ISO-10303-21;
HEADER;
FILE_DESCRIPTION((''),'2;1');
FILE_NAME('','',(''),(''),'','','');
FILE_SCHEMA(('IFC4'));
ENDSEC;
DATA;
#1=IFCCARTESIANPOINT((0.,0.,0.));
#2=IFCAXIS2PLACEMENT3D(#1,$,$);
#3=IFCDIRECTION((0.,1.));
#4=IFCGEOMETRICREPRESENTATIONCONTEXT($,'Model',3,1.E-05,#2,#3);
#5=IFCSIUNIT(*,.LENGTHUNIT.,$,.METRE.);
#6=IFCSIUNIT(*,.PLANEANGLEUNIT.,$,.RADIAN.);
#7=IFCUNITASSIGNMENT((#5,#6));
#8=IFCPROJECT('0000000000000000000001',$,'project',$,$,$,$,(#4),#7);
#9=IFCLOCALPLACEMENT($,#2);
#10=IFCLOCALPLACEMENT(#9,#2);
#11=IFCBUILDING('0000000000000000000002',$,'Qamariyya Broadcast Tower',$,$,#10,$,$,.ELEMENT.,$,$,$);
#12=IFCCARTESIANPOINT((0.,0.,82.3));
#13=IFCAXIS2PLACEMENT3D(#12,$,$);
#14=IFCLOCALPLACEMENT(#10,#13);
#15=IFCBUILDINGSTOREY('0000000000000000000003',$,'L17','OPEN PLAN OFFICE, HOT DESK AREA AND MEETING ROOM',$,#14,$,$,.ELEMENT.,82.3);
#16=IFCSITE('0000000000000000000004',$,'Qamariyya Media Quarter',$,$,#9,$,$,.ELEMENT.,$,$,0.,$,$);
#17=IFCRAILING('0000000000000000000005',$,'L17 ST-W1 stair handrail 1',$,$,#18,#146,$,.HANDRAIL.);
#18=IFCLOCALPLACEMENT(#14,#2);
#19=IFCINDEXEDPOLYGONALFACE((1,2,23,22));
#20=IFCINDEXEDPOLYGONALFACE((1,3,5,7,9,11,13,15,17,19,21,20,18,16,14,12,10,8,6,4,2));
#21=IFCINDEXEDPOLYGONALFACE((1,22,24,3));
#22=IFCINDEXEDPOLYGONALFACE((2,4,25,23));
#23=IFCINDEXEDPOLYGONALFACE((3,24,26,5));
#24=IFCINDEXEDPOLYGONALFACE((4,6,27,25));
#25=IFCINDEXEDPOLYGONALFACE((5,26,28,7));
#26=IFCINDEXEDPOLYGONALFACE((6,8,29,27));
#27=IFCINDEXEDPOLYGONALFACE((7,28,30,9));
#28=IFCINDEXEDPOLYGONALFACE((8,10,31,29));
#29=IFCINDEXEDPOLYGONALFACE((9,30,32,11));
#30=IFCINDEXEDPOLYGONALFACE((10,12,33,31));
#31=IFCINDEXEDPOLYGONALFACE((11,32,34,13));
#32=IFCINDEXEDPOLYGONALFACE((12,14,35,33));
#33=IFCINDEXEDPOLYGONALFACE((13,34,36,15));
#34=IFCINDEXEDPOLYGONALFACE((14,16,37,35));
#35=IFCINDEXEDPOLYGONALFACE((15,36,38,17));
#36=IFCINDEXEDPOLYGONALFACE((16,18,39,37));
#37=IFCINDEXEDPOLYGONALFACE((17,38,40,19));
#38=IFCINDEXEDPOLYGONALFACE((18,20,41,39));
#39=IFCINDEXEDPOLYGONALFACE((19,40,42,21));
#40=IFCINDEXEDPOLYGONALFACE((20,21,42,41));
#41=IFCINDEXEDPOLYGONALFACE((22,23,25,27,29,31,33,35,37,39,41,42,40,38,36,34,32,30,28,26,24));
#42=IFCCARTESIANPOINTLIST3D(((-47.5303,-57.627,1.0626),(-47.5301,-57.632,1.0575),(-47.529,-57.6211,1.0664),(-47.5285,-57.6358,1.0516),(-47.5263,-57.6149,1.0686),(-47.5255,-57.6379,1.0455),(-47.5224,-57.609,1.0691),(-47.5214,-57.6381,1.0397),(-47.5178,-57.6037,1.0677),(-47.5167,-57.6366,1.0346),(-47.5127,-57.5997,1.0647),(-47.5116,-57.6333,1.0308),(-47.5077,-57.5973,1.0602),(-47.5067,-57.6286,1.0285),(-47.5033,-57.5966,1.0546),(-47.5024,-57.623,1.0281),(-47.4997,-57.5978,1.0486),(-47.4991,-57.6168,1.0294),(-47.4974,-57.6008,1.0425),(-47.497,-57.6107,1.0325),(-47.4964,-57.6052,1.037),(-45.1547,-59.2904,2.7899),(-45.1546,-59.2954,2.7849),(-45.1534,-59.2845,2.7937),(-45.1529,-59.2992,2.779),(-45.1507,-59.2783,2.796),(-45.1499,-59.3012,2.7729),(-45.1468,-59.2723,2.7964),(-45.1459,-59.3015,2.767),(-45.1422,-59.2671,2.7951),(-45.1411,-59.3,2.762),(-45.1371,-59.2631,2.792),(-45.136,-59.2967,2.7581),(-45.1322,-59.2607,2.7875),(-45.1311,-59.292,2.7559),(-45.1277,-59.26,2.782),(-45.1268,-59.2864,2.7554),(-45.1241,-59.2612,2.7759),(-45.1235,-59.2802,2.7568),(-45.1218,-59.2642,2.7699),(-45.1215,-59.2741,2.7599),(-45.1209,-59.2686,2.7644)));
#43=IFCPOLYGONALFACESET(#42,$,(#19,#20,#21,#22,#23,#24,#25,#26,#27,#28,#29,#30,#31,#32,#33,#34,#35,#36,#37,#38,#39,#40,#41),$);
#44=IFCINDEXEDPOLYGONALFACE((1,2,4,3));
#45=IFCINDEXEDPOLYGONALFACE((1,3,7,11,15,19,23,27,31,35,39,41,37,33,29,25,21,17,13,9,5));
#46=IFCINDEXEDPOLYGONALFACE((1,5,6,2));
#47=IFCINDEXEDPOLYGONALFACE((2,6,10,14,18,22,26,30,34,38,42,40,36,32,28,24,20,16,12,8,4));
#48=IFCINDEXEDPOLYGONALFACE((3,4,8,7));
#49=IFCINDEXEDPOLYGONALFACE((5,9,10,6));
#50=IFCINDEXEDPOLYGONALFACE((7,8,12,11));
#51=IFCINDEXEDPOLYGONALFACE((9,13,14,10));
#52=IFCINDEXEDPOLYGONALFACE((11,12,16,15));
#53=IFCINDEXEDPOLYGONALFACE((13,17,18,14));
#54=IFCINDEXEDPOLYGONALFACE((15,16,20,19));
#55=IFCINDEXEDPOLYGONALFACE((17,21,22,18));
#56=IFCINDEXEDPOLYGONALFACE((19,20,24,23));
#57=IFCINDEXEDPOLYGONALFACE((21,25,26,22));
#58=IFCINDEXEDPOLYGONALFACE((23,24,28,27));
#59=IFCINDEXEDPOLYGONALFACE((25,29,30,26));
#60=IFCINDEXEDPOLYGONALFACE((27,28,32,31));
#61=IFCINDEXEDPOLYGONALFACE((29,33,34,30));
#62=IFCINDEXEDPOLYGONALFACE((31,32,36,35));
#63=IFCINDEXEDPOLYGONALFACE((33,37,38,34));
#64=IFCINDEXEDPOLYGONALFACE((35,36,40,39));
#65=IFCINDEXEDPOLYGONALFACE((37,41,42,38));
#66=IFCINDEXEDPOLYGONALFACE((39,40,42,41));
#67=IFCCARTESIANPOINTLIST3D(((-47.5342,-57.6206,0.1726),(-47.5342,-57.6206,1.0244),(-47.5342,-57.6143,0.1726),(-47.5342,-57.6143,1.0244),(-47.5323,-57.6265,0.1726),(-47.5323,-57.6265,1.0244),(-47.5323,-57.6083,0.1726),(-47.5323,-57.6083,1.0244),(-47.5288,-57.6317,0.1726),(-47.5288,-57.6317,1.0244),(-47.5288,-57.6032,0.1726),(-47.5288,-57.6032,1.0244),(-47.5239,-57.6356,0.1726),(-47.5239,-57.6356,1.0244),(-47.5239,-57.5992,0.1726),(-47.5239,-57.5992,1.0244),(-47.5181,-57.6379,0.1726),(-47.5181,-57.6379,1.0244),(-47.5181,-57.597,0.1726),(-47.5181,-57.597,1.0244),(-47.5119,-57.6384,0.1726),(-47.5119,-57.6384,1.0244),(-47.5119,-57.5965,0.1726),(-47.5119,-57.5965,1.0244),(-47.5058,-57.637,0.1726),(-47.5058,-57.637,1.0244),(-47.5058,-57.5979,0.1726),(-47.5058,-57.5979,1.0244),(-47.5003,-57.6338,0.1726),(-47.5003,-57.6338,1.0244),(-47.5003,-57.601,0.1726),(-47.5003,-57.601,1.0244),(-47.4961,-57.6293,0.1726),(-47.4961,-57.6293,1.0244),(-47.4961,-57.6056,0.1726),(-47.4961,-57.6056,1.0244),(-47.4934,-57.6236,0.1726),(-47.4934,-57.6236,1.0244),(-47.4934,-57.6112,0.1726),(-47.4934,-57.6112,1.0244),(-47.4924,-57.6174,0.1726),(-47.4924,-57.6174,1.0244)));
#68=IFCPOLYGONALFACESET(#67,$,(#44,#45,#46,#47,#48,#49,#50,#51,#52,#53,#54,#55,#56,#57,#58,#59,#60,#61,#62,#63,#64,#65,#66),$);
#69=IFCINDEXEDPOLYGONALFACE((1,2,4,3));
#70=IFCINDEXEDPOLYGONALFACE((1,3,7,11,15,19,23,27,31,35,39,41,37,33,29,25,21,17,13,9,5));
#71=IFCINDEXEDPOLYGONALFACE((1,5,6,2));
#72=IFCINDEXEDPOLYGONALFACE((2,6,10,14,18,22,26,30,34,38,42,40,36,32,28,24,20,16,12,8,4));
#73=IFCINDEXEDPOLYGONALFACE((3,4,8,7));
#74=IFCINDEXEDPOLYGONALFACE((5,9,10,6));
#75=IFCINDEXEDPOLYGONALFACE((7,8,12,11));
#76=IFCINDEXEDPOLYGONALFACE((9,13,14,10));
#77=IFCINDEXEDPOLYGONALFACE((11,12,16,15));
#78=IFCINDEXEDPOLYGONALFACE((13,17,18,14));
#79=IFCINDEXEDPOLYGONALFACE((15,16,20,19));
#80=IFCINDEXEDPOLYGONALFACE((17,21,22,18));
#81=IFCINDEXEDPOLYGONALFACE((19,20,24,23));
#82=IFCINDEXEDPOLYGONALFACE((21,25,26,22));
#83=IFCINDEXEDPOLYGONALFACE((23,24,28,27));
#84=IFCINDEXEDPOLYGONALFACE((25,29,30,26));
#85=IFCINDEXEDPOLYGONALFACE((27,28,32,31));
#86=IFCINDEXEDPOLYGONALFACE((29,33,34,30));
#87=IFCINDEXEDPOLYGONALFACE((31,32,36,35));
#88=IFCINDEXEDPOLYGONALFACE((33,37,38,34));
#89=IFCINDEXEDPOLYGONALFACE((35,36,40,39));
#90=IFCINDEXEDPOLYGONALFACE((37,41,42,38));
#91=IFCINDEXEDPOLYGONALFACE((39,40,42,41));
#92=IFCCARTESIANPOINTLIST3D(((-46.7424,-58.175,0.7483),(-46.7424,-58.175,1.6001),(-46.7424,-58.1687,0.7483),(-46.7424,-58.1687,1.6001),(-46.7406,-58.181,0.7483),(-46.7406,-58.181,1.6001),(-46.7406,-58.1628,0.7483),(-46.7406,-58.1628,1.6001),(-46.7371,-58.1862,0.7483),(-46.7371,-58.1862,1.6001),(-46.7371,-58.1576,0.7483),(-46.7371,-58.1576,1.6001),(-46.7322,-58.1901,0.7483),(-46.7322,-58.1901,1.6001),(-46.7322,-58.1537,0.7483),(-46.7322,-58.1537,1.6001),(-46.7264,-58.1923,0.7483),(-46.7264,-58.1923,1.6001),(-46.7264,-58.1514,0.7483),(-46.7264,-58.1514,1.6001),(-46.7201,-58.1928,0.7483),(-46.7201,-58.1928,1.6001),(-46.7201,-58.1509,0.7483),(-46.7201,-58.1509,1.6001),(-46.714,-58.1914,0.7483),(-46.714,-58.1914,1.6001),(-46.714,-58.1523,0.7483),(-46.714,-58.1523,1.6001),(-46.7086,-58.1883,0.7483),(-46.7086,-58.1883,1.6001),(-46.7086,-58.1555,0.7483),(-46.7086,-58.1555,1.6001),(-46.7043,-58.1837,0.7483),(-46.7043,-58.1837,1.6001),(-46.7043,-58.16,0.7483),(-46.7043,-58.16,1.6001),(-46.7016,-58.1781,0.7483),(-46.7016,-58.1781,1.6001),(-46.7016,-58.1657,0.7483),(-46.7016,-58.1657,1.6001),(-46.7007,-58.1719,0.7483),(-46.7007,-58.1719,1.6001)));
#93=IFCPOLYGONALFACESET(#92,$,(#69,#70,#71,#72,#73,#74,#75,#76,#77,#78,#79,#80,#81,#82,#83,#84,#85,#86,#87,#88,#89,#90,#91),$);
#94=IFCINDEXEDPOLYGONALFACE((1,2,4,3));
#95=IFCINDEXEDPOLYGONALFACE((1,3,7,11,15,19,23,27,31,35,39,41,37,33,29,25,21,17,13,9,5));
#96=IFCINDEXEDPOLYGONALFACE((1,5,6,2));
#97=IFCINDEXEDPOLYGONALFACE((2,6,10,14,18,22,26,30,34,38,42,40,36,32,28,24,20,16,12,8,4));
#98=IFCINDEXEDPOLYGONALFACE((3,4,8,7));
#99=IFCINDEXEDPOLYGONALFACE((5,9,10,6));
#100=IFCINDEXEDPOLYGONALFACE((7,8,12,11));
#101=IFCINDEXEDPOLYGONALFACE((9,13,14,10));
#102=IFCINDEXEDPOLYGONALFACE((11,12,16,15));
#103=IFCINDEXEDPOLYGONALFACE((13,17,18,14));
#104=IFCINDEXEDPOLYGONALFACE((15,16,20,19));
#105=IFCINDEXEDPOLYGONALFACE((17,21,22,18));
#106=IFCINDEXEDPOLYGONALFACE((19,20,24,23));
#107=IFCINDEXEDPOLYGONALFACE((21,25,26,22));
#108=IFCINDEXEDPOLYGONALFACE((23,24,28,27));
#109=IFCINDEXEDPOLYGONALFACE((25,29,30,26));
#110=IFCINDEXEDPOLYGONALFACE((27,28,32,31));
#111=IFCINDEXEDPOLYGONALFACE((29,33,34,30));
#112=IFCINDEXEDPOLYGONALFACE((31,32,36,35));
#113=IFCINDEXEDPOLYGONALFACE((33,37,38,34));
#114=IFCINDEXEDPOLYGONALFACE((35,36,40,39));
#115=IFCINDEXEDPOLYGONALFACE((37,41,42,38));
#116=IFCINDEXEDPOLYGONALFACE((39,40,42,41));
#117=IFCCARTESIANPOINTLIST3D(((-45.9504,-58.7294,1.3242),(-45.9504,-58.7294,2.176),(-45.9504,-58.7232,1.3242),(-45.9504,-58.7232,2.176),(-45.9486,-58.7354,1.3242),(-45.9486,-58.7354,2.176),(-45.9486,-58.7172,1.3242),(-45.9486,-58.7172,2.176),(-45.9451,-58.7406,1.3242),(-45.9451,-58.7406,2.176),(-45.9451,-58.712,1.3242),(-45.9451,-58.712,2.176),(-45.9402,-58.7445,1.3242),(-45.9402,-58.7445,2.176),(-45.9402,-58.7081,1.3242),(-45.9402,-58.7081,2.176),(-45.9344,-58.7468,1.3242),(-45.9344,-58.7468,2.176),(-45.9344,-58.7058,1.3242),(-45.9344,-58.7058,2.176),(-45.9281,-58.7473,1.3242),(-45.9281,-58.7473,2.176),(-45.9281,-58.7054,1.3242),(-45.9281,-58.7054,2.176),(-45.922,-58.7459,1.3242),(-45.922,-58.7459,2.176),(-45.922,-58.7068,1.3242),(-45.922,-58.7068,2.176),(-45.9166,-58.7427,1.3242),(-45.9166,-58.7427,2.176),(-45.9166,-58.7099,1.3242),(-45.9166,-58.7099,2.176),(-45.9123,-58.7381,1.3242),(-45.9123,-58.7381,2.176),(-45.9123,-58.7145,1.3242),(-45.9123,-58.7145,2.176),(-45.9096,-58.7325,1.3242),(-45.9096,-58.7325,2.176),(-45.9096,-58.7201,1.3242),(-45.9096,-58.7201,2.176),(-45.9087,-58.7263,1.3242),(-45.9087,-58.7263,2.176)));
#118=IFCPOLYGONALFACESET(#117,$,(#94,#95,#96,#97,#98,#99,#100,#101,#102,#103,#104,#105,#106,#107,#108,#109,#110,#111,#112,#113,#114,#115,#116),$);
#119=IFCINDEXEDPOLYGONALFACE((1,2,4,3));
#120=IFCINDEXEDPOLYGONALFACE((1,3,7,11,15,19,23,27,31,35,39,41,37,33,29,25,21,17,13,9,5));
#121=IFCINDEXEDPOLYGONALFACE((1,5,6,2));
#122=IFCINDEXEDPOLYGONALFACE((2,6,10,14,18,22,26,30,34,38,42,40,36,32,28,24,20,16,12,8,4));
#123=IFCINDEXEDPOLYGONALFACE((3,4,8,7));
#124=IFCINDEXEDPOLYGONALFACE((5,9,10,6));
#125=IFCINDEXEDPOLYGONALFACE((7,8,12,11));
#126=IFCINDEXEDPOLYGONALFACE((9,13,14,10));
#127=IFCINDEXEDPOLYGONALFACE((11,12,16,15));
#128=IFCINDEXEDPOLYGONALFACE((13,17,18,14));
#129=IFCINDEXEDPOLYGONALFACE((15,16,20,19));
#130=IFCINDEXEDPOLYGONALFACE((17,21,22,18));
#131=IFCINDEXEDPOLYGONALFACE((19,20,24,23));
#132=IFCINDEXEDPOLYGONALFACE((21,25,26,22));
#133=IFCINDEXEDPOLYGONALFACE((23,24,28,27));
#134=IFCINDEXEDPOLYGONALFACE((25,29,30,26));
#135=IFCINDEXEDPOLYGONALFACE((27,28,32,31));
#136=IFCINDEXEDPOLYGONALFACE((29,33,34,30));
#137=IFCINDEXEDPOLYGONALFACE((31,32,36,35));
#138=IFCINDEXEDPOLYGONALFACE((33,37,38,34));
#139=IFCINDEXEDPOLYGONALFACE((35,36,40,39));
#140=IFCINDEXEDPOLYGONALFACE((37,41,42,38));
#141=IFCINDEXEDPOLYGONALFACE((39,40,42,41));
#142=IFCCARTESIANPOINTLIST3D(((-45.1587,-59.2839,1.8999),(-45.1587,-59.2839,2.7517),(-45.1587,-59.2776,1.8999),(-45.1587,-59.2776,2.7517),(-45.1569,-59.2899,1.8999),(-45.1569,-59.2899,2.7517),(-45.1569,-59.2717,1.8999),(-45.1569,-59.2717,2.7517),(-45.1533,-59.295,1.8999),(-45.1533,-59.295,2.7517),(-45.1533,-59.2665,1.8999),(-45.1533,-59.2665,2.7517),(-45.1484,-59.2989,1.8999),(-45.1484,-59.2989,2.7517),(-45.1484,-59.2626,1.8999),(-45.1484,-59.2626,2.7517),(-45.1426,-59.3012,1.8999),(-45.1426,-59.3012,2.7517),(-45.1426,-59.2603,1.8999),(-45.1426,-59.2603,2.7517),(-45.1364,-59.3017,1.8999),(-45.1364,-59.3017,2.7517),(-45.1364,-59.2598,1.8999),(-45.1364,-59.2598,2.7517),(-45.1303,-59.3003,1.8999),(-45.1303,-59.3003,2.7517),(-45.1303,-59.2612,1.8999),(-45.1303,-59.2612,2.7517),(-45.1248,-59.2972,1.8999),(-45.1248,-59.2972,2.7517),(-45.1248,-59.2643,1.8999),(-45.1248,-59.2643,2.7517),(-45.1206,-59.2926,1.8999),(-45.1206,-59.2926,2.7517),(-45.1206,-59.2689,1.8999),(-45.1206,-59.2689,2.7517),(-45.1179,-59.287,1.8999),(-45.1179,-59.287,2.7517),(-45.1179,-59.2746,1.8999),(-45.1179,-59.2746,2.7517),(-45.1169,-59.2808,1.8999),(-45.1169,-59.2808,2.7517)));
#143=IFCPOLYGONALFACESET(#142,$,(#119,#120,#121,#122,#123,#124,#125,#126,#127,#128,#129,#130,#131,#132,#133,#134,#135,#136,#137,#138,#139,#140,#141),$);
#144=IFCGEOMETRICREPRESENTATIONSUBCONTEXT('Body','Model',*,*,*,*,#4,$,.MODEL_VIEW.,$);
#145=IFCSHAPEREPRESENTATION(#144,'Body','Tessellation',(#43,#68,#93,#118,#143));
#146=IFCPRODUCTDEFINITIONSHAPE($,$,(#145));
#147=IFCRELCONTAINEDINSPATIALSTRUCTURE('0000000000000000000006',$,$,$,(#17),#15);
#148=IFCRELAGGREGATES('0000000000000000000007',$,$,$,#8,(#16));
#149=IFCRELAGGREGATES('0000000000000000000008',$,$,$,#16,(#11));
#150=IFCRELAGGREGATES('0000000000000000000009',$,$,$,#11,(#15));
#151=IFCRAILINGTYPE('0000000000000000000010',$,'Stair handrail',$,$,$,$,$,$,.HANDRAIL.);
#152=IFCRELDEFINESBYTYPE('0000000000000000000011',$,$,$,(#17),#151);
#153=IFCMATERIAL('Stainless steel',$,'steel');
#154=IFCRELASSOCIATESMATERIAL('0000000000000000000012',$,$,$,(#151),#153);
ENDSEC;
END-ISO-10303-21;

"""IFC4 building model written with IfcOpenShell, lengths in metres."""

from ifc_helpers import new_model, si_unit, direction, frame, origin, origin_2d, place, context, subcontext, project, spatial, circle, extrude, material, type_object, element, save


model = new_model("IFC4")

# Units and contexts
model_context = context("Model", 3, precision=1e-05, world=origin(), true_north=direction((0.0, 1.0)))
body_context = subcontext(model_context, "Body", "Model", "MODEL_VIEW")
ifc_project = project(units=[si_unit("LENGTHUNIT", "METRE"), si_unit("PLANEANGLEUNIT", "RADIAN")], contexts=[model_context])

# Site, building, storey
site_placement = place(None, origin())
site = spatial("IfcSite", under=ifc_project, at=site_placement, Name="Qamariyya Media Quarter", CompositionType="ELEMENT", RefElevation=0.0)
building_placement = place(site_placement, origin())
building = spatial("IfcBuilding", under=site, at=building_placement, Name="Qamariyya Broadcast Tower", CompositionType="ELEMENT")
storey_placement = place(building_placement, frame((0.0, 0.0, 82.3)))
storey = spatial("IfcBuildingStorey", under=building, at=storey_placement, Name="L17", Description="OPEN PLAN OFFICE, HOT DESK AREA AND MEETING ROOM", CompositionType="ELEMENT", Elevation=82.3)

# Railing
ifc_material_1 = material(Name="Stainless steel", Category="steel")
railing_type_1 = type_object("IfcRailingType", Name="Stair handrail", PredefinedType="HANDRAIL", material=ifc_material_1)
railing_1_placement = place(storey_placement, frame((-47.5134, -57.6174, 0.1726)))
element("IfcRailing", 1, at=railing_1_placement, inside=storey, type_object=railing_type_1, Name="L17 ST-W1 stair handrail 1", PredefinedType="HANDRAIL", context=body_context, shape_type="SweptSolid", body=[
    extrude(circle(Radius=0.0239, at=origin_2d()), frame((0.0, 0.0, 0.876), z_axis=(0.70377, -0.492784, 0.511734), x_axis=(0.573575, 0.819153, 0.0)), (0.0, 0.0, 1.0), 3.3755),
    extrude(circle(Radius=0.021, at=origin_2d()), origin(), (0.0, 0.0, 1.0), 0.8518),
    extrude(circle(Radius=0.021, at=origin_2d()), frame((0.7917, -0.5544, 0.5757)), (0.0, 0.0, 1.0), 0.8518),
    extrude(circle(Radius=0.021, at=origin_2d()), frame((1.5837, -1.1089, 1.1516)), (0.0, 0.0, 1.0), 0.8518),
    extrude(circle(Radius=0.021, at=origin_2d()), frame((2.3755, -1.6633, 1.7273)), (0.0, 0.0, 1.0), 0.8518),
])

save(model, "model.ifc")
